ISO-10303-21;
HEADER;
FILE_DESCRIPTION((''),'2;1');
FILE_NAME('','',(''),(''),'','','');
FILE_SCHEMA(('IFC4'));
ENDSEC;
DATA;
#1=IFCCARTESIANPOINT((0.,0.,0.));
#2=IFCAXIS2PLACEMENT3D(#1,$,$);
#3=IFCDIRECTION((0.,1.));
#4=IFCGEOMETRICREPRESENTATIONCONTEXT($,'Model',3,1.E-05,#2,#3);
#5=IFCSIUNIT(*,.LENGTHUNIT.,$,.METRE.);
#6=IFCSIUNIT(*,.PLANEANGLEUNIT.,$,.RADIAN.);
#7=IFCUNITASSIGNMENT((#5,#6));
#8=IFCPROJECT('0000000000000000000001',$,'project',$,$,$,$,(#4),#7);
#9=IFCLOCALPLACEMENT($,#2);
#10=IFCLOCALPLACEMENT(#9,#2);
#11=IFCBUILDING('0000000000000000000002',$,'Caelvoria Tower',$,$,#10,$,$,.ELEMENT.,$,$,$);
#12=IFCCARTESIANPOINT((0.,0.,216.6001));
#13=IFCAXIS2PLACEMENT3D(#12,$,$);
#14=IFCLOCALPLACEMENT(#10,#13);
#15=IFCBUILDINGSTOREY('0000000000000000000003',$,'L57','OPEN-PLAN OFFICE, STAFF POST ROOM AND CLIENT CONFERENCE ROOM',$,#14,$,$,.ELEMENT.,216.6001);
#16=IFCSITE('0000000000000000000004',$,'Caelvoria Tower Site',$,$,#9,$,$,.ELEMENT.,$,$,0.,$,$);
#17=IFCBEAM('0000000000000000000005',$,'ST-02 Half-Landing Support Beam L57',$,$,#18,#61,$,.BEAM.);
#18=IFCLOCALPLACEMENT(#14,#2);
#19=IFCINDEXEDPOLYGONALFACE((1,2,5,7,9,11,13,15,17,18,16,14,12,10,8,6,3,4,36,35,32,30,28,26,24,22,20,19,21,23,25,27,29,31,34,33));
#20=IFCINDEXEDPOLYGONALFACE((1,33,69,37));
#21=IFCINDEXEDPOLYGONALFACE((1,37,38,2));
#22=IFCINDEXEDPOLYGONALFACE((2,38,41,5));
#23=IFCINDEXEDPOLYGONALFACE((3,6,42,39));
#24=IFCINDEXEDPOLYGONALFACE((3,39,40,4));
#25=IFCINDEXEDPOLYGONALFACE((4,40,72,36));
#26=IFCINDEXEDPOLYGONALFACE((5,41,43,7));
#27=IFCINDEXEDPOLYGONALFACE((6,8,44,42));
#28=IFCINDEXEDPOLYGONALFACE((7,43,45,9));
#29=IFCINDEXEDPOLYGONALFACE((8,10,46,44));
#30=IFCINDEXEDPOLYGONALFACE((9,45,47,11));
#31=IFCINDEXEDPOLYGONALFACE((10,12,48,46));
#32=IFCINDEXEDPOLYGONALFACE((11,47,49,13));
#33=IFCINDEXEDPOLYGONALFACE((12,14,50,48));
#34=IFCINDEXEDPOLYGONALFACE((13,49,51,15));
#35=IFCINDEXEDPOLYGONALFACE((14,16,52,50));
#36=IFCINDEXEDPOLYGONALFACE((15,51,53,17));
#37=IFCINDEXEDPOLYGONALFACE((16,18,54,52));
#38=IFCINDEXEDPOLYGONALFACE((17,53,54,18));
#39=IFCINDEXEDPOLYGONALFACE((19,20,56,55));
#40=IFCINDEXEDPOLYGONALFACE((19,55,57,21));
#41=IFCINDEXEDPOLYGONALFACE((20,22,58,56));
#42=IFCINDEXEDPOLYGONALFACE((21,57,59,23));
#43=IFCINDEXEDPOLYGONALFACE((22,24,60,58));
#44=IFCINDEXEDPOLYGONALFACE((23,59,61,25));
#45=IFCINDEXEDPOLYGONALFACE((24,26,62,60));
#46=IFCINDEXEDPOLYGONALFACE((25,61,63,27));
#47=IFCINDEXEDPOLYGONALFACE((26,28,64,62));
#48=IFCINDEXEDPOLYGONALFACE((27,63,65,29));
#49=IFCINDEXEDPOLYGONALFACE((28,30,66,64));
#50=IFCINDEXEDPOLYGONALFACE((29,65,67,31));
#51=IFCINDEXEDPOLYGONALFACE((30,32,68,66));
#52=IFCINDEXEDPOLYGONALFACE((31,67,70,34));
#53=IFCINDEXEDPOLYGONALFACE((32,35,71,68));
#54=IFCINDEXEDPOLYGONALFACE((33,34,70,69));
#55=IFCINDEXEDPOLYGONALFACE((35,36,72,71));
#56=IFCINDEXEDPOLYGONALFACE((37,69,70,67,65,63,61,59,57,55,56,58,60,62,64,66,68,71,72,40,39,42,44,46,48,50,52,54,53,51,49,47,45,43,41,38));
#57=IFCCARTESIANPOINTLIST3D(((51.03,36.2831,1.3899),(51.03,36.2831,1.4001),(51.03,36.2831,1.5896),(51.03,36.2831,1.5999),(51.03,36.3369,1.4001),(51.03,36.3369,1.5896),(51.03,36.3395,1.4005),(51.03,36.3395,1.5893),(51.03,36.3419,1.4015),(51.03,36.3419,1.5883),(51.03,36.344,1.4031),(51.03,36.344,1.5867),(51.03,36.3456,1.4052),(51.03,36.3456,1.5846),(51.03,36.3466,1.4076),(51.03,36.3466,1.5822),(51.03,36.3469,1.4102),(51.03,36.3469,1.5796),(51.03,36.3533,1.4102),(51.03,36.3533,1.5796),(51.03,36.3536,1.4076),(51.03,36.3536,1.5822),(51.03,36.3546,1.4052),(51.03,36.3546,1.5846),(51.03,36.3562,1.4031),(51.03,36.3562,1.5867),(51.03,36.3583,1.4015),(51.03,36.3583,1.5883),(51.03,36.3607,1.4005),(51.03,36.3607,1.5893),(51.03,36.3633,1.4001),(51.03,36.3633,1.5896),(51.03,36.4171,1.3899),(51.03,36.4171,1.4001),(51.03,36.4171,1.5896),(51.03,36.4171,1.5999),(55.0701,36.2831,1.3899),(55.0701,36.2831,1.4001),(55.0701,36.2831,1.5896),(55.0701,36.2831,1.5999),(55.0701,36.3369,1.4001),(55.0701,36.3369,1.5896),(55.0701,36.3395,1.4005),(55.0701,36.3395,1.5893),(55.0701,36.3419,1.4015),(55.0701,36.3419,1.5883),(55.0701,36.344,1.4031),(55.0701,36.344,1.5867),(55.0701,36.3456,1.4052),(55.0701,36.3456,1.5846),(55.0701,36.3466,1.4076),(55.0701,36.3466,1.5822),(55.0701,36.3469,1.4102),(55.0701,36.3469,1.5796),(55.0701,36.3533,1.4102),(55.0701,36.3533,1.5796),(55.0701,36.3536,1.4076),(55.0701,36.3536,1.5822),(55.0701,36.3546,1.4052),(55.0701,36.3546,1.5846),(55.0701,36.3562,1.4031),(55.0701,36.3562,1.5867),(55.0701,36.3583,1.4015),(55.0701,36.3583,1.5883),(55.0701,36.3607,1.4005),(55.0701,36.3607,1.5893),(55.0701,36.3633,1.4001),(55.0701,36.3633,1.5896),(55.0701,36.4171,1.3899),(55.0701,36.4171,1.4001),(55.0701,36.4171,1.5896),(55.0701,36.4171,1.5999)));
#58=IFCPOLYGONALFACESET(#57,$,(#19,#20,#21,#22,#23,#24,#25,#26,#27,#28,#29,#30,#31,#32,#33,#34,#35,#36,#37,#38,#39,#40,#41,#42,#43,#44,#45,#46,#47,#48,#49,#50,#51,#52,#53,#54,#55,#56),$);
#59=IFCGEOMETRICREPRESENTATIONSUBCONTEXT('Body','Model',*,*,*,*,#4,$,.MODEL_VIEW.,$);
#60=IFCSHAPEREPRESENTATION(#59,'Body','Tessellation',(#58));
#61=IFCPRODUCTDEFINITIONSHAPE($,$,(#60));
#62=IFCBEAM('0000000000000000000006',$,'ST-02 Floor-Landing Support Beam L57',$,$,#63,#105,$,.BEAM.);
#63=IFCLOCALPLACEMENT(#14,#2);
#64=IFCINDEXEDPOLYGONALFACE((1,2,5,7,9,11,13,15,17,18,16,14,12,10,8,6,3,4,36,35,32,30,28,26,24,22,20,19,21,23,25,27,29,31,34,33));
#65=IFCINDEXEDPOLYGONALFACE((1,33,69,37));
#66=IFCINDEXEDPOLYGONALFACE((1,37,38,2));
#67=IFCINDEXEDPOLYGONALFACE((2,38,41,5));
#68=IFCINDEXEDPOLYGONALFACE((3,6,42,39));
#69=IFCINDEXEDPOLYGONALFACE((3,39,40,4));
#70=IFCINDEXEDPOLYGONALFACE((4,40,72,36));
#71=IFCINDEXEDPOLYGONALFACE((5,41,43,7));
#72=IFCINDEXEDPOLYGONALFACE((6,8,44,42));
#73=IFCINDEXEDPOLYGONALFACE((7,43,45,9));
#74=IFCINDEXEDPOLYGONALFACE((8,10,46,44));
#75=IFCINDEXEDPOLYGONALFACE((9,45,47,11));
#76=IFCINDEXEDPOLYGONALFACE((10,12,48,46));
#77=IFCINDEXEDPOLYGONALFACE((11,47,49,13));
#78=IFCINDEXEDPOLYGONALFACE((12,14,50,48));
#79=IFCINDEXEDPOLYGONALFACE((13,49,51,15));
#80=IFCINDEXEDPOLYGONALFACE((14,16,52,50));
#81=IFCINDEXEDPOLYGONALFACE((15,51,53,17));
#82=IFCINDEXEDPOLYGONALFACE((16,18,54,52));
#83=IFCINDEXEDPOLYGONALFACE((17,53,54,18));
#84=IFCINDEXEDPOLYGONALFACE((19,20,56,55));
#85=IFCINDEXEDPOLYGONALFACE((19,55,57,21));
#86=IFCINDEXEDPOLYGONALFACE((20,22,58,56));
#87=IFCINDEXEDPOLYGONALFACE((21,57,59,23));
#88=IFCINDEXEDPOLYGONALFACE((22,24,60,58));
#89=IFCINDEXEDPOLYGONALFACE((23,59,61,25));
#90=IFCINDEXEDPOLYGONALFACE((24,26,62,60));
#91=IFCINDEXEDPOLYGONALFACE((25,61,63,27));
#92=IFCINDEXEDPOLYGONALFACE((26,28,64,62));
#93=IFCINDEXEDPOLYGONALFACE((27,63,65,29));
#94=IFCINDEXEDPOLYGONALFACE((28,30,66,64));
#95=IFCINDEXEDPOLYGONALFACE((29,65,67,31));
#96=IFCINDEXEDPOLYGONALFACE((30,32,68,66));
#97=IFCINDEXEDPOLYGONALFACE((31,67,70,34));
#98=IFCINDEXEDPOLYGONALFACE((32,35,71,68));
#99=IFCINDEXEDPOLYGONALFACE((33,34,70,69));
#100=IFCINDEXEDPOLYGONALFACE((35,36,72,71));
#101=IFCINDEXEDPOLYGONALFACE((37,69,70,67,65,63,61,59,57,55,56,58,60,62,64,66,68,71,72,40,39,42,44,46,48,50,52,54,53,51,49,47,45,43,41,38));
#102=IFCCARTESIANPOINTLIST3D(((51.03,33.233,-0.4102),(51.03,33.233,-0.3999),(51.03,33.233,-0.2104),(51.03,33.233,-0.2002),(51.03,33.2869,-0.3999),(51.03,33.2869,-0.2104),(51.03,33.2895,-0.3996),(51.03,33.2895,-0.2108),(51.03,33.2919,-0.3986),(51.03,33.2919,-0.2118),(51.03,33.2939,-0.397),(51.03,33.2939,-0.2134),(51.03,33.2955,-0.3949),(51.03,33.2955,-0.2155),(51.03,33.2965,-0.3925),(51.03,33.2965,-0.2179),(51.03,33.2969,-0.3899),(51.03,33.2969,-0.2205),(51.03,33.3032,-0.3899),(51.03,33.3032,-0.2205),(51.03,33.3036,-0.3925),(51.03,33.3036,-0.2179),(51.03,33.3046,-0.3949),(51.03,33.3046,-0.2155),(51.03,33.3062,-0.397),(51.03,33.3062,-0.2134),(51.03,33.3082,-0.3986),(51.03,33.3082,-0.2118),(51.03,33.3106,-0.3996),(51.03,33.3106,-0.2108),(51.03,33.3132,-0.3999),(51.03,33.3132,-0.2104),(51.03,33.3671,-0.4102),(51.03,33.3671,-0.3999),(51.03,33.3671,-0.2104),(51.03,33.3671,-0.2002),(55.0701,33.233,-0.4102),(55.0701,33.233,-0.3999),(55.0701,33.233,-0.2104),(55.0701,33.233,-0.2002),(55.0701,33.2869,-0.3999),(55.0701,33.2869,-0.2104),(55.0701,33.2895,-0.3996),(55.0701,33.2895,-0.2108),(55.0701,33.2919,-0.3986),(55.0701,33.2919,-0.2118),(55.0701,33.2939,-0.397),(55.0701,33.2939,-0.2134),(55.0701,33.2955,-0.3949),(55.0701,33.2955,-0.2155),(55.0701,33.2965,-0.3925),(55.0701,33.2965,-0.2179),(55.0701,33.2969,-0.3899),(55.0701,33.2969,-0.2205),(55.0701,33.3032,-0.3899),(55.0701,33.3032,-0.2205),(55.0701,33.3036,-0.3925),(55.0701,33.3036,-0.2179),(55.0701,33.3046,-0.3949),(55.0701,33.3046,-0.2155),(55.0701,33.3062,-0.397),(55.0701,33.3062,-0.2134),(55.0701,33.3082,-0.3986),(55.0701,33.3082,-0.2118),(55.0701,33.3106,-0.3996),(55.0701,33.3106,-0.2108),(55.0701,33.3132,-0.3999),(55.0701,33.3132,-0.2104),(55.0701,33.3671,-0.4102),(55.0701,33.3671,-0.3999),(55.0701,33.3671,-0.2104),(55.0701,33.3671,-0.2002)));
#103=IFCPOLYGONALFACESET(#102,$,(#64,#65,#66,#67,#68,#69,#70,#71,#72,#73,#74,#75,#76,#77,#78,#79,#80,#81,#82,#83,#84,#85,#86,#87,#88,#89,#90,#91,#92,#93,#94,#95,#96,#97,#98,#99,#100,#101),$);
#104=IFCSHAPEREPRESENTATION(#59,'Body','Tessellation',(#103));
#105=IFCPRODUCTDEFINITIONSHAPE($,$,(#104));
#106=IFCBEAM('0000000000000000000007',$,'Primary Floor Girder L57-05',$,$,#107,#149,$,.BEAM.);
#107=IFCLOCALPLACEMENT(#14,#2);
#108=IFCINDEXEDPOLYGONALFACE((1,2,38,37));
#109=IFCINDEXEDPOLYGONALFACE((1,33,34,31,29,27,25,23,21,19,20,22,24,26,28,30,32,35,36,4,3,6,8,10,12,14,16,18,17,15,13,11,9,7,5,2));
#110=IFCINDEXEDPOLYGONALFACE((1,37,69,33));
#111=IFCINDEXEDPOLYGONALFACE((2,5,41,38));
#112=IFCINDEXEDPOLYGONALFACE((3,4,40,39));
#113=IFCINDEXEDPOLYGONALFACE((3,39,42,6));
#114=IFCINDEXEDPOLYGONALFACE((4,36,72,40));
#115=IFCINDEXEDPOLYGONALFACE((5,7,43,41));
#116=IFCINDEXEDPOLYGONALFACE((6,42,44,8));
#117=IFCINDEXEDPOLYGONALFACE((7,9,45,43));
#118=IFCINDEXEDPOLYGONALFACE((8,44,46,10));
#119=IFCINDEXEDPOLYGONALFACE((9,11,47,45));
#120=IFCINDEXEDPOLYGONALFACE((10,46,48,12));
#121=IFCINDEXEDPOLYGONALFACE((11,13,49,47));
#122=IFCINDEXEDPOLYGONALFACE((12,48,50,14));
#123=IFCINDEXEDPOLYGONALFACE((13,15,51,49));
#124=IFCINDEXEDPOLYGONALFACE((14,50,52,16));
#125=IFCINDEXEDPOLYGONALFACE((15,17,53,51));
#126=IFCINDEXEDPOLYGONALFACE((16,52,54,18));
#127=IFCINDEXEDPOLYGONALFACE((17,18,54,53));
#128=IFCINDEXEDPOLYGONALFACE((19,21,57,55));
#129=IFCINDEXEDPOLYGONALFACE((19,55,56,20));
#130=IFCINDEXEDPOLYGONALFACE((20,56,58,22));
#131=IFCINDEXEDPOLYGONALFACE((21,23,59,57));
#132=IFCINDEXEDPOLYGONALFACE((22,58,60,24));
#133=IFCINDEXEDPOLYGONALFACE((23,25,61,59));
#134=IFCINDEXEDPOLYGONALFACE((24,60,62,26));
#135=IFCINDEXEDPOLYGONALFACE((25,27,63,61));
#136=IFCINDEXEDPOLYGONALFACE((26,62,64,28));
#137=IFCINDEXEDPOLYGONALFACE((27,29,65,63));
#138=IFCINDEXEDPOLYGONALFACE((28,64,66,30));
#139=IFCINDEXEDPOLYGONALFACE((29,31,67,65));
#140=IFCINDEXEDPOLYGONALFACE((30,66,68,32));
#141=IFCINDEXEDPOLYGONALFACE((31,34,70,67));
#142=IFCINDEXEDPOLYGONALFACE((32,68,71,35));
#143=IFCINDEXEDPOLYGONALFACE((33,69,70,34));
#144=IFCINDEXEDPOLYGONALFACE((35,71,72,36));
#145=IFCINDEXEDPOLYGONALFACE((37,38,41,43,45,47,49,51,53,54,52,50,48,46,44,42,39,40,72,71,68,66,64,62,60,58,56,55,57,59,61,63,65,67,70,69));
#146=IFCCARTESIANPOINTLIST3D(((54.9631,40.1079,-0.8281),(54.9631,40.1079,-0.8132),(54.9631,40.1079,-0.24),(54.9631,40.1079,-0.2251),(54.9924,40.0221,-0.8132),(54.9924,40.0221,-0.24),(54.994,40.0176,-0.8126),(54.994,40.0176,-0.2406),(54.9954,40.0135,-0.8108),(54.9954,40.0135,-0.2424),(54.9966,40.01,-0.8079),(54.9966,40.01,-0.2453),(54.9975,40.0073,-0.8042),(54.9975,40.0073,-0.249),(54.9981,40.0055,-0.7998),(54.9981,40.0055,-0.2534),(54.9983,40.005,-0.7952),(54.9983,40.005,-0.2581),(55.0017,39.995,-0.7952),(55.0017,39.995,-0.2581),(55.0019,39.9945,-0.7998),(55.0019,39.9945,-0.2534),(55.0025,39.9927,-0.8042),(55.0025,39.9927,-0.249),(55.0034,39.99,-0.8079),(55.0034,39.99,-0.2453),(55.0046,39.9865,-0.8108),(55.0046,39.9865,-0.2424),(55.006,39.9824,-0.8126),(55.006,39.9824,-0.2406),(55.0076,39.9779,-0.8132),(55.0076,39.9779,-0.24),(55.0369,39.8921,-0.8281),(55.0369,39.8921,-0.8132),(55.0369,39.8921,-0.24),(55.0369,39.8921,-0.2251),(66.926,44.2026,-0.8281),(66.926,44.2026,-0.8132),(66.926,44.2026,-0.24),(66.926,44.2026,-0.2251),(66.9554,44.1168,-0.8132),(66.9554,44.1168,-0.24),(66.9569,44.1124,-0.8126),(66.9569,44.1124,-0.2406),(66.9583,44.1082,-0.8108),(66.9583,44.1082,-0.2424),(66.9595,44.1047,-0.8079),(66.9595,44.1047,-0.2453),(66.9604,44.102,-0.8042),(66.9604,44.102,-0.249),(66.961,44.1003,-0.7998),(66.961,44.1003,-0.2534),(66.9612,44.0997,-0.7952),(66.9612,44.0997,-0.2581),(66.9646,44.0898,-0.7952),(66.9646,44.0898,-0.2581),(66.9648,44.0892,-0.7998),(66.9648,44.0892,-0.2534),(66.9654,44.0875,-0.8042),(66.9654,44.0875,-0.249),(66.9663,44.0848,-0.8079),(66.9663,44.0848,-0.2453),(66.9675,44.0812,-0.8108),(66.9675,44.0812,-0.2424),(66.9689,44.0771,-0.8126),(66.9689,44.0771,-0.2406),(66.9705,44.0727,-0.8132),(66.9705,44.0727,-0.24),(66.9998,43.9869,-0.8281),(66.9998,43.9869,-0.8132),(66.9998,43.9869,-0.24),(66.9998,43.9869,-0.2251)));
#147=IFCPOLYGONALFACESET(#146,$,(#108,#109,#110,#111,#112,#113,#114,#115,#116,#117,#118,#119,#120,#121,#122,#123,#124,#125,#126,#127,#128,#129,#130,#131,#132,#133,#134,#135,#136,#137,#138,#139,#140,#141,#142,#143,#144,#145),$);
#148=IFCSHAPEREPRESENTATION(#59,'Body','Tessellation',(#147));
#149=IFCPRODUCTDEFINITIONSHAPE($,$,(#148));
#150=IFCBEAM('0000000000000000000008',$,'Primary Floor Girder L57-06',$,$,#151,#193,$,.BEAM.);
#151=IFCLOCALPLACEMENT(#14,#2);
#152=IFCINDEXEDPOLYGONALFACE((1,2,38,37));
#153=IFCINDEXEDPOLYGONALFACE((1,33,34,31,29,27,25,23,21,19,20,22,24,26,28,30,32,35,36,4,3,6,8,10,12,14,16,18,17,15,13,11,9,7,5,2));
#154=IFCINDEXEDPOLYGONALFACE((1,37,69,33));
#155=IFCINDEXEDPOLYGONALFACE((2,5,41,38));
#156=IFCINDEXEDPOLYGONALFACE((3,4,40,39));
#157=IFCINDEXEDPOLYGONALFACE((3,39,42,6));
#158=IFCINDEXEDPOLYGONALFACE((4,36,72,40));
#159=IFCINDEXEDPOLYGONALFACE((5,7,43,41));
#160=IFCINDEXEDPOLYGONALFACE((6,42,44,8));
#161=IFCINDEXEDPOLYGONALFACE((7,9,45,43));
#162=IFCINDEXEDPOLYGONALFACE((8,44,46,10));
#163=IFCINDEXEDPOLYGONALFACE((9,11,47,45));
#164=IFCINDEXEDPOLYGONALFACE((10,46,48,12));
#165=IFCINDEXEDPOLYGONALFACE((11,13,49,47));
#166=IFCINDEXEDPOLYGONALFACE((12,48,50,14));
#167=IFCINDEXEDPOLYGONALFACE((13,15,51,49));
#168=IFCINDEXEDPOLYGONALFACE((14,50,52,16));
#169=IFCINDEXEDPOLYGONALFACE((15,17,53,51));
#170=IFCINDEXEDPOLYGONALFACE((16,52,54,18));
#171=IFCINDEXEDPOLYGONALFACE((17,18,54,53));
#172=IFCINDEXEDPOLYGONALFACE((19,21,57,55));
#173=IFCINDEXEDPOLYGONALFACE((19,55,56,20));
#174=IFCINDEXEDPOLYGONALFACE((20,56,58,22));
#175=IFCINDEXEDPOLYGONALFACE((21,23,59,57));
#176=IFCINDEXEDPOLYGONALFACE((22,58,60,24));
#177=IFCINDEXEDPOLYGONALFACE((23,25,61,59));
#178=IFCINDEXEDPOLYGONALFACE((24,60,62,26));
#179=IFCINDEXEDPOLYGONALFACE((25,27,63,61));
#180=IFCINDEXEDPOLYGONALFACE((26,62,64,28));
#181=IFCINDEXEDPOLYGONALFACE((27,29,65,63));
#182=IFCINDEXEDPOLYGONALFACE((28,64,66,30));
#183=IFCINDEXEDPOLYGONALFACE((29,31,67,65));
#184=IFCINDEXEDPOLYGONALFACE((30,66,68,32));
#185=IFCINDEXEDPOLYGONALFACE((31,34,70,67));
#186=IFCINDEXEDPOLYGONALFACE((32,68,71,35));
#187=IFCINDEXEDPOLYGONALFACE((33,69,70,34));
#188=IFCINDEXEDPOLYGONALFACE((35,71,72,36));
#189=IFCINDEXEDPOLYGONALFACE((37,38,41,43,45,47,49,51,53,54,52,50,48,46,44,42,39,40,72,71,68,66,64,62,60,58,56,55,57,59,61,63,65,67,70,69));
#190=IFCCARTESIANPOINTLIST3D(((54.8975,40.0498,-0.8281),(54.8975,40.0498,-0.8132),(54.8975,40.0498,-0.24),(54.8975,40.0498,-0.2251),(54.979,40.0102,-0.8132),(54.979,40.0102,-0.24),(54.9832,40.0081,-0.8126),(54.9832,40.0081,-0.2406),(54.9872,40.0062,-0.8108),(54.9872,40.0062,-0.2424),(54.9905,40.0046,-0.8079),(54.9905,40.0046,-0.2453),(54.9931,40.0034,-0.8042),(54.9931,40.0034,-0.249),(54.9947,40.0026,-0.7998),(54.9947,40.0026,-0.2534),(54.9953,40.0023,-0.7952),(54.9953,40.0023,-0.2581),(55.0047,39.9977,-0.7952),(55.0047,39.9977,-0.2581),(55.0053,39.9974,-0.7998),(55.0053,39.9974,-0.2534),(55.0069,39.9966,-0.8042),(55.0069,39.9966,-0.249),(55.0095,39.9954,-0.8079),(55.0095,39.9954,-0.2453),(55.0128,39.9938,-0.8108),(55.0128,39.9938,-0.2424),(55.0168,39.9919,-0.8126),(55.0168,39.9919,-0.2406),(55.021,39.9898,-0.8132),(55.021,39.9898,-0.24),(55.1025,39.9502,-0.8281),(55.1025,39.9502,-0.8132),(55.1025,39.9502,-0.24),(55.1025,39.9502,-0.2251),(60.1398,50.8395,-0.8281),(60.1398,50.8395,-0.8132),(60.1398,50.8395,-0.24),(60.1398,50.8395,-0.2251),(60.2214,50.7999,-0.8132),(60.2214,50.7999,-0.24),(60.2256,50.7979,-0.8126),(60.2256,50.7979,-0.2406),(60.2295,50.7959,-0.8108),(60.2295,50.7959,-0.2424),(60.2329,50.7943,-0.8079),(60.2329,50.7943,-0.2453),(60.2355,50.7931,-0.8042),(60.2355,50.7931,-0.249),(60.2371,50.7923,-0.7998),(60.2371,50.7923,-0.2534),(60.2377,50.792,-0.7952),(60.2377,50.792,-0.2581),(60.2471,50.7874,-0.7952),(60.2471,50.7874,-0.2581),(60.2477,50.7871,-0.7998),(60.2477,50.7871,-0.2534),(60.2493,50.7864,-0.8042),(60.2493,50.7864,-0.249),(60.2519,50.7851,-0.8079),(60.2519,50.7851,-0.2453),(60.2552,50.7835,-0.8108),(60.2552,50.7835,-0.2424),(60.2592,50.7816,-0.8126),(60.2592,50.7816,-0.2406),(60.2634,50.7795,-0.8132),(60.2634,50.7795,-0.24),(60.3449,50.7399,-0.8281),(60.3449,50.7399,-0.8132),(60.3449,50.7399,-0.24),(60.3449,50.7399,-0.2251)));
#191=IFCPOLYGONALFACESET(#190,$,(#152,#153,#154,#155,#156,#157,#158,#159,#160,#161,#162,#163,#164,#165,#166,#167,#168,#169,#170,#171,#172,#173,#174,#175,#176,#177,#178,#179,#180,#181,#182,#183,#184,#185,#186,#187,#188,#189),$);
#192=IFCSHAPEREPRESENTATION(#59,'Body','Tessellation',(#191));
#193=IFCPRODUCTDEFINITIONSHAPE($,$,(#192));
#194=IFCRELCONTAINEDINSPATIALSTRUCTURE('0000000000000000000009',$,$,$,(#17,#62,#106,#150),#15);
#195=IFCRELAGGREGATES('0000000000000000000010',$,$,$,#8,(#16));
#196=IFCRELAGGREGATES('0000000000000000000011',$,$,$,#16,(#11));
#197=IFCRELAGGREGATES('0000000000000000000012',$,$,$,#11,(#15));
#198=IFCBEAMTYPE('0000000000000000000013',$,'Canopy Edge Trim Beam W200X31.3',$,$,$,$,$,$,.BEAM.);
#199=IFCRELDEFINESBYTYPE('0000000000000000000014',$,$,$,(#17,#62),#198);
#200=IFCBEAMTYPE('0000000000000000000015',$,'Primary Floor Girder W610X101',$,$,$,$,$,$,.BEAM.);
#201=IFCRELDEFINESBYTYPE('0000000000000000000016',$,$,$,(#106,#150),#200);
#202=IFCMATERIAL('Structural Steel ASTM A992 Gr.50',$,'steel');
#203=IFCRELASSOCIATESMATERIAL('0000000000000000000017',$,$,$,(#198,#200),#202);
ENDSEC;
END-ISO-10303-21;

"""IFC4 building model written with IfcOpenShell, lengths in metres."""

from ifc_helpers import new_model, si_unit, direction, frame, origin, origin_2d, place, context, subcontext, project, spatial, i_section, extrude, material, material_profile, profile_set, type_object, element, save


model = new_model("IFC4")

# Units and contexts
model_context = context("Model", 3, precision=1e-05, world=origin(), true_north=direction((0.0, 1.0)))
body_context = subcontext(model_context, "Body", "Model", "MODEL_VIEW")
ifc_project = project(units=[si_unit("LENGTHUNIT", "METRE"), si_unit("PLANEANGLEUNIT", "RADIAN")], contexts=[model_context])

# Site, building, storey
site_placement = place(None, origin())
site = spatial("IfcSite", under=ifc_project, at=site_placement, Name="Caelvoria Tower Site", CompositionType="ELEMENT", RefElevation=0.0)
building_placement = place(site_placement, origin())
building = spatial("IfcBuilding", under=site, at=building_placement, Name="Caelvoria Tower", CompositionType="ELEMENT")
storey_placement = place(building_placement, frame((0.0, 0.0, 216.6001)))
storey = spatial("IfcBuildingStorey", under=building, at=storey_placement, Name="L57", Description="OPEN-PLAN OFFICE, STAFF POST ROOM AND CLIENT CONFERENCE ROOM", CompositionType="ELEMENT", Elevation=216.6001)

# Beams
ifc_material_1 = material(Name="Structural Steel ASTM A992 Gr.50", Category="steel")
ifc_material_profile_1 = material_profile(ifc_material_1, i_section(OverallWidth=0.134, OverallDepth=0.21, WebThickness=0.0063, FlangeThickness=0.0103, FilletRadius=0.01, at=origin_2d()), Name="Structural Steel ASTM A992 Gr.50")
ifc_profile_set_1 = profile_set([ifc_material_profile_1], Name="W200X31.3 - Structural Steel ASTM A992 Gr.50")
beam_type_1 = type_object("IfcBeamType", Name="Canopy Edge Trim Beam W200X31.3", PredefinedType="BEAM", material=ifc_profile_set_1)
for number, where, z_axis, x_axis, name in (
    (1, (51.03, 36.3501, 1.4949), (1.0, 0.0, 0.0), (0.0, 1.0, 0.0), "ST-02 Half-Landing Support Beam L57"),
    (2, (51.03, 33.3, -0.3052), (1.0, 0.0, 0.0), (0.0, 1.0, 0.0), "ST-02 Floor-Landing Support Beam L57"),
):
    element("IfcBeam", number, at=place(storey_placement, frame(where, z_axis=z_axis, x_axis=x_axis)), inside=storey, type_object=beam_type_1, Name=name, PredefinedType="BEAM", context=body_context, shape_type="SweptSolid", body=[
        extrude(i_section(OverallWidth=0.134, OverallDepth=0.21, WebThickness=0.0063, FlangeThickness=0.0103, FilletRadius=0.01, at=origin_2d()), origin(), (0.0, 0.0, 1.0), 4.04),
    ])
ifc_material_profile_2 = material_profile(ifc_material_1, i_section(OverallWidth=0.228, OverallDepth=0.603, WebThickness=0.0105, FlangeThickness=0.0149, FilletRadius=0.0181, at=origin_2d()), Name="Structural Steel ASTM A992 Gr.50")
ifc_profile_set_2 = profile_set([ifc_material_profile_2], Name="W610X101 - Structural Steel ASTM A992 Gr.50")
beam_type_2 = type_object("IfcBeamType", Name="Primary Floor Girder W610X101", PredefinedType="BEAM", material=ifc_profile_set_2)
beam_1_placement = place(storey_placement, frame((55.0, 40.0, -0.5266), z_axis=(0.946112, 0.323841, 0.0), x_axis=(-0.323841, 0.946112, 0.0)))
element("IfcBeam", 3, at=beam_1_placement, inside=storey, type_object=beam_type_2, Name="Primary Floor Girder L57-05", PredefinedType="BEAM", context=body_context, shape_type="SweptSolid", body=[
    extrude(i_section(OverallWidth=0.228, OverallDepth=0.603, WebThickness=0.0105, FlangeThickness=0.0149, FilletRadius=0.0181, at=origin_2d()), origin(), (0.0, 0.0, 1.0), 12.6443),
])
beam_2_placement = place(storey_placement, frame((55.0, 40.0, -0.5266), z_axis=(0.437017, 0.899453, 0.0), x_axis=(-0.899453, 0.437017, 0.0)))
element("IfcBeam", 4, at=beam_2_placement, inside=storey, type_object=beam_type_2, Name="Primary Floor Girder L57-06", PredefinedType="BEAM", context=body_context, shape_type="SweptSolid", body=[
    extrude(i_section(OverallWidth=0.228, OverallDepth=0.603, WebThickness=0.0105, FlangeThickness=0.0149, FilletRadius=0.0181, at=origin_2d()), origin(), (0.0, 0.0, 1.0), 11.9958),
])

save(model, "model.ifc")
